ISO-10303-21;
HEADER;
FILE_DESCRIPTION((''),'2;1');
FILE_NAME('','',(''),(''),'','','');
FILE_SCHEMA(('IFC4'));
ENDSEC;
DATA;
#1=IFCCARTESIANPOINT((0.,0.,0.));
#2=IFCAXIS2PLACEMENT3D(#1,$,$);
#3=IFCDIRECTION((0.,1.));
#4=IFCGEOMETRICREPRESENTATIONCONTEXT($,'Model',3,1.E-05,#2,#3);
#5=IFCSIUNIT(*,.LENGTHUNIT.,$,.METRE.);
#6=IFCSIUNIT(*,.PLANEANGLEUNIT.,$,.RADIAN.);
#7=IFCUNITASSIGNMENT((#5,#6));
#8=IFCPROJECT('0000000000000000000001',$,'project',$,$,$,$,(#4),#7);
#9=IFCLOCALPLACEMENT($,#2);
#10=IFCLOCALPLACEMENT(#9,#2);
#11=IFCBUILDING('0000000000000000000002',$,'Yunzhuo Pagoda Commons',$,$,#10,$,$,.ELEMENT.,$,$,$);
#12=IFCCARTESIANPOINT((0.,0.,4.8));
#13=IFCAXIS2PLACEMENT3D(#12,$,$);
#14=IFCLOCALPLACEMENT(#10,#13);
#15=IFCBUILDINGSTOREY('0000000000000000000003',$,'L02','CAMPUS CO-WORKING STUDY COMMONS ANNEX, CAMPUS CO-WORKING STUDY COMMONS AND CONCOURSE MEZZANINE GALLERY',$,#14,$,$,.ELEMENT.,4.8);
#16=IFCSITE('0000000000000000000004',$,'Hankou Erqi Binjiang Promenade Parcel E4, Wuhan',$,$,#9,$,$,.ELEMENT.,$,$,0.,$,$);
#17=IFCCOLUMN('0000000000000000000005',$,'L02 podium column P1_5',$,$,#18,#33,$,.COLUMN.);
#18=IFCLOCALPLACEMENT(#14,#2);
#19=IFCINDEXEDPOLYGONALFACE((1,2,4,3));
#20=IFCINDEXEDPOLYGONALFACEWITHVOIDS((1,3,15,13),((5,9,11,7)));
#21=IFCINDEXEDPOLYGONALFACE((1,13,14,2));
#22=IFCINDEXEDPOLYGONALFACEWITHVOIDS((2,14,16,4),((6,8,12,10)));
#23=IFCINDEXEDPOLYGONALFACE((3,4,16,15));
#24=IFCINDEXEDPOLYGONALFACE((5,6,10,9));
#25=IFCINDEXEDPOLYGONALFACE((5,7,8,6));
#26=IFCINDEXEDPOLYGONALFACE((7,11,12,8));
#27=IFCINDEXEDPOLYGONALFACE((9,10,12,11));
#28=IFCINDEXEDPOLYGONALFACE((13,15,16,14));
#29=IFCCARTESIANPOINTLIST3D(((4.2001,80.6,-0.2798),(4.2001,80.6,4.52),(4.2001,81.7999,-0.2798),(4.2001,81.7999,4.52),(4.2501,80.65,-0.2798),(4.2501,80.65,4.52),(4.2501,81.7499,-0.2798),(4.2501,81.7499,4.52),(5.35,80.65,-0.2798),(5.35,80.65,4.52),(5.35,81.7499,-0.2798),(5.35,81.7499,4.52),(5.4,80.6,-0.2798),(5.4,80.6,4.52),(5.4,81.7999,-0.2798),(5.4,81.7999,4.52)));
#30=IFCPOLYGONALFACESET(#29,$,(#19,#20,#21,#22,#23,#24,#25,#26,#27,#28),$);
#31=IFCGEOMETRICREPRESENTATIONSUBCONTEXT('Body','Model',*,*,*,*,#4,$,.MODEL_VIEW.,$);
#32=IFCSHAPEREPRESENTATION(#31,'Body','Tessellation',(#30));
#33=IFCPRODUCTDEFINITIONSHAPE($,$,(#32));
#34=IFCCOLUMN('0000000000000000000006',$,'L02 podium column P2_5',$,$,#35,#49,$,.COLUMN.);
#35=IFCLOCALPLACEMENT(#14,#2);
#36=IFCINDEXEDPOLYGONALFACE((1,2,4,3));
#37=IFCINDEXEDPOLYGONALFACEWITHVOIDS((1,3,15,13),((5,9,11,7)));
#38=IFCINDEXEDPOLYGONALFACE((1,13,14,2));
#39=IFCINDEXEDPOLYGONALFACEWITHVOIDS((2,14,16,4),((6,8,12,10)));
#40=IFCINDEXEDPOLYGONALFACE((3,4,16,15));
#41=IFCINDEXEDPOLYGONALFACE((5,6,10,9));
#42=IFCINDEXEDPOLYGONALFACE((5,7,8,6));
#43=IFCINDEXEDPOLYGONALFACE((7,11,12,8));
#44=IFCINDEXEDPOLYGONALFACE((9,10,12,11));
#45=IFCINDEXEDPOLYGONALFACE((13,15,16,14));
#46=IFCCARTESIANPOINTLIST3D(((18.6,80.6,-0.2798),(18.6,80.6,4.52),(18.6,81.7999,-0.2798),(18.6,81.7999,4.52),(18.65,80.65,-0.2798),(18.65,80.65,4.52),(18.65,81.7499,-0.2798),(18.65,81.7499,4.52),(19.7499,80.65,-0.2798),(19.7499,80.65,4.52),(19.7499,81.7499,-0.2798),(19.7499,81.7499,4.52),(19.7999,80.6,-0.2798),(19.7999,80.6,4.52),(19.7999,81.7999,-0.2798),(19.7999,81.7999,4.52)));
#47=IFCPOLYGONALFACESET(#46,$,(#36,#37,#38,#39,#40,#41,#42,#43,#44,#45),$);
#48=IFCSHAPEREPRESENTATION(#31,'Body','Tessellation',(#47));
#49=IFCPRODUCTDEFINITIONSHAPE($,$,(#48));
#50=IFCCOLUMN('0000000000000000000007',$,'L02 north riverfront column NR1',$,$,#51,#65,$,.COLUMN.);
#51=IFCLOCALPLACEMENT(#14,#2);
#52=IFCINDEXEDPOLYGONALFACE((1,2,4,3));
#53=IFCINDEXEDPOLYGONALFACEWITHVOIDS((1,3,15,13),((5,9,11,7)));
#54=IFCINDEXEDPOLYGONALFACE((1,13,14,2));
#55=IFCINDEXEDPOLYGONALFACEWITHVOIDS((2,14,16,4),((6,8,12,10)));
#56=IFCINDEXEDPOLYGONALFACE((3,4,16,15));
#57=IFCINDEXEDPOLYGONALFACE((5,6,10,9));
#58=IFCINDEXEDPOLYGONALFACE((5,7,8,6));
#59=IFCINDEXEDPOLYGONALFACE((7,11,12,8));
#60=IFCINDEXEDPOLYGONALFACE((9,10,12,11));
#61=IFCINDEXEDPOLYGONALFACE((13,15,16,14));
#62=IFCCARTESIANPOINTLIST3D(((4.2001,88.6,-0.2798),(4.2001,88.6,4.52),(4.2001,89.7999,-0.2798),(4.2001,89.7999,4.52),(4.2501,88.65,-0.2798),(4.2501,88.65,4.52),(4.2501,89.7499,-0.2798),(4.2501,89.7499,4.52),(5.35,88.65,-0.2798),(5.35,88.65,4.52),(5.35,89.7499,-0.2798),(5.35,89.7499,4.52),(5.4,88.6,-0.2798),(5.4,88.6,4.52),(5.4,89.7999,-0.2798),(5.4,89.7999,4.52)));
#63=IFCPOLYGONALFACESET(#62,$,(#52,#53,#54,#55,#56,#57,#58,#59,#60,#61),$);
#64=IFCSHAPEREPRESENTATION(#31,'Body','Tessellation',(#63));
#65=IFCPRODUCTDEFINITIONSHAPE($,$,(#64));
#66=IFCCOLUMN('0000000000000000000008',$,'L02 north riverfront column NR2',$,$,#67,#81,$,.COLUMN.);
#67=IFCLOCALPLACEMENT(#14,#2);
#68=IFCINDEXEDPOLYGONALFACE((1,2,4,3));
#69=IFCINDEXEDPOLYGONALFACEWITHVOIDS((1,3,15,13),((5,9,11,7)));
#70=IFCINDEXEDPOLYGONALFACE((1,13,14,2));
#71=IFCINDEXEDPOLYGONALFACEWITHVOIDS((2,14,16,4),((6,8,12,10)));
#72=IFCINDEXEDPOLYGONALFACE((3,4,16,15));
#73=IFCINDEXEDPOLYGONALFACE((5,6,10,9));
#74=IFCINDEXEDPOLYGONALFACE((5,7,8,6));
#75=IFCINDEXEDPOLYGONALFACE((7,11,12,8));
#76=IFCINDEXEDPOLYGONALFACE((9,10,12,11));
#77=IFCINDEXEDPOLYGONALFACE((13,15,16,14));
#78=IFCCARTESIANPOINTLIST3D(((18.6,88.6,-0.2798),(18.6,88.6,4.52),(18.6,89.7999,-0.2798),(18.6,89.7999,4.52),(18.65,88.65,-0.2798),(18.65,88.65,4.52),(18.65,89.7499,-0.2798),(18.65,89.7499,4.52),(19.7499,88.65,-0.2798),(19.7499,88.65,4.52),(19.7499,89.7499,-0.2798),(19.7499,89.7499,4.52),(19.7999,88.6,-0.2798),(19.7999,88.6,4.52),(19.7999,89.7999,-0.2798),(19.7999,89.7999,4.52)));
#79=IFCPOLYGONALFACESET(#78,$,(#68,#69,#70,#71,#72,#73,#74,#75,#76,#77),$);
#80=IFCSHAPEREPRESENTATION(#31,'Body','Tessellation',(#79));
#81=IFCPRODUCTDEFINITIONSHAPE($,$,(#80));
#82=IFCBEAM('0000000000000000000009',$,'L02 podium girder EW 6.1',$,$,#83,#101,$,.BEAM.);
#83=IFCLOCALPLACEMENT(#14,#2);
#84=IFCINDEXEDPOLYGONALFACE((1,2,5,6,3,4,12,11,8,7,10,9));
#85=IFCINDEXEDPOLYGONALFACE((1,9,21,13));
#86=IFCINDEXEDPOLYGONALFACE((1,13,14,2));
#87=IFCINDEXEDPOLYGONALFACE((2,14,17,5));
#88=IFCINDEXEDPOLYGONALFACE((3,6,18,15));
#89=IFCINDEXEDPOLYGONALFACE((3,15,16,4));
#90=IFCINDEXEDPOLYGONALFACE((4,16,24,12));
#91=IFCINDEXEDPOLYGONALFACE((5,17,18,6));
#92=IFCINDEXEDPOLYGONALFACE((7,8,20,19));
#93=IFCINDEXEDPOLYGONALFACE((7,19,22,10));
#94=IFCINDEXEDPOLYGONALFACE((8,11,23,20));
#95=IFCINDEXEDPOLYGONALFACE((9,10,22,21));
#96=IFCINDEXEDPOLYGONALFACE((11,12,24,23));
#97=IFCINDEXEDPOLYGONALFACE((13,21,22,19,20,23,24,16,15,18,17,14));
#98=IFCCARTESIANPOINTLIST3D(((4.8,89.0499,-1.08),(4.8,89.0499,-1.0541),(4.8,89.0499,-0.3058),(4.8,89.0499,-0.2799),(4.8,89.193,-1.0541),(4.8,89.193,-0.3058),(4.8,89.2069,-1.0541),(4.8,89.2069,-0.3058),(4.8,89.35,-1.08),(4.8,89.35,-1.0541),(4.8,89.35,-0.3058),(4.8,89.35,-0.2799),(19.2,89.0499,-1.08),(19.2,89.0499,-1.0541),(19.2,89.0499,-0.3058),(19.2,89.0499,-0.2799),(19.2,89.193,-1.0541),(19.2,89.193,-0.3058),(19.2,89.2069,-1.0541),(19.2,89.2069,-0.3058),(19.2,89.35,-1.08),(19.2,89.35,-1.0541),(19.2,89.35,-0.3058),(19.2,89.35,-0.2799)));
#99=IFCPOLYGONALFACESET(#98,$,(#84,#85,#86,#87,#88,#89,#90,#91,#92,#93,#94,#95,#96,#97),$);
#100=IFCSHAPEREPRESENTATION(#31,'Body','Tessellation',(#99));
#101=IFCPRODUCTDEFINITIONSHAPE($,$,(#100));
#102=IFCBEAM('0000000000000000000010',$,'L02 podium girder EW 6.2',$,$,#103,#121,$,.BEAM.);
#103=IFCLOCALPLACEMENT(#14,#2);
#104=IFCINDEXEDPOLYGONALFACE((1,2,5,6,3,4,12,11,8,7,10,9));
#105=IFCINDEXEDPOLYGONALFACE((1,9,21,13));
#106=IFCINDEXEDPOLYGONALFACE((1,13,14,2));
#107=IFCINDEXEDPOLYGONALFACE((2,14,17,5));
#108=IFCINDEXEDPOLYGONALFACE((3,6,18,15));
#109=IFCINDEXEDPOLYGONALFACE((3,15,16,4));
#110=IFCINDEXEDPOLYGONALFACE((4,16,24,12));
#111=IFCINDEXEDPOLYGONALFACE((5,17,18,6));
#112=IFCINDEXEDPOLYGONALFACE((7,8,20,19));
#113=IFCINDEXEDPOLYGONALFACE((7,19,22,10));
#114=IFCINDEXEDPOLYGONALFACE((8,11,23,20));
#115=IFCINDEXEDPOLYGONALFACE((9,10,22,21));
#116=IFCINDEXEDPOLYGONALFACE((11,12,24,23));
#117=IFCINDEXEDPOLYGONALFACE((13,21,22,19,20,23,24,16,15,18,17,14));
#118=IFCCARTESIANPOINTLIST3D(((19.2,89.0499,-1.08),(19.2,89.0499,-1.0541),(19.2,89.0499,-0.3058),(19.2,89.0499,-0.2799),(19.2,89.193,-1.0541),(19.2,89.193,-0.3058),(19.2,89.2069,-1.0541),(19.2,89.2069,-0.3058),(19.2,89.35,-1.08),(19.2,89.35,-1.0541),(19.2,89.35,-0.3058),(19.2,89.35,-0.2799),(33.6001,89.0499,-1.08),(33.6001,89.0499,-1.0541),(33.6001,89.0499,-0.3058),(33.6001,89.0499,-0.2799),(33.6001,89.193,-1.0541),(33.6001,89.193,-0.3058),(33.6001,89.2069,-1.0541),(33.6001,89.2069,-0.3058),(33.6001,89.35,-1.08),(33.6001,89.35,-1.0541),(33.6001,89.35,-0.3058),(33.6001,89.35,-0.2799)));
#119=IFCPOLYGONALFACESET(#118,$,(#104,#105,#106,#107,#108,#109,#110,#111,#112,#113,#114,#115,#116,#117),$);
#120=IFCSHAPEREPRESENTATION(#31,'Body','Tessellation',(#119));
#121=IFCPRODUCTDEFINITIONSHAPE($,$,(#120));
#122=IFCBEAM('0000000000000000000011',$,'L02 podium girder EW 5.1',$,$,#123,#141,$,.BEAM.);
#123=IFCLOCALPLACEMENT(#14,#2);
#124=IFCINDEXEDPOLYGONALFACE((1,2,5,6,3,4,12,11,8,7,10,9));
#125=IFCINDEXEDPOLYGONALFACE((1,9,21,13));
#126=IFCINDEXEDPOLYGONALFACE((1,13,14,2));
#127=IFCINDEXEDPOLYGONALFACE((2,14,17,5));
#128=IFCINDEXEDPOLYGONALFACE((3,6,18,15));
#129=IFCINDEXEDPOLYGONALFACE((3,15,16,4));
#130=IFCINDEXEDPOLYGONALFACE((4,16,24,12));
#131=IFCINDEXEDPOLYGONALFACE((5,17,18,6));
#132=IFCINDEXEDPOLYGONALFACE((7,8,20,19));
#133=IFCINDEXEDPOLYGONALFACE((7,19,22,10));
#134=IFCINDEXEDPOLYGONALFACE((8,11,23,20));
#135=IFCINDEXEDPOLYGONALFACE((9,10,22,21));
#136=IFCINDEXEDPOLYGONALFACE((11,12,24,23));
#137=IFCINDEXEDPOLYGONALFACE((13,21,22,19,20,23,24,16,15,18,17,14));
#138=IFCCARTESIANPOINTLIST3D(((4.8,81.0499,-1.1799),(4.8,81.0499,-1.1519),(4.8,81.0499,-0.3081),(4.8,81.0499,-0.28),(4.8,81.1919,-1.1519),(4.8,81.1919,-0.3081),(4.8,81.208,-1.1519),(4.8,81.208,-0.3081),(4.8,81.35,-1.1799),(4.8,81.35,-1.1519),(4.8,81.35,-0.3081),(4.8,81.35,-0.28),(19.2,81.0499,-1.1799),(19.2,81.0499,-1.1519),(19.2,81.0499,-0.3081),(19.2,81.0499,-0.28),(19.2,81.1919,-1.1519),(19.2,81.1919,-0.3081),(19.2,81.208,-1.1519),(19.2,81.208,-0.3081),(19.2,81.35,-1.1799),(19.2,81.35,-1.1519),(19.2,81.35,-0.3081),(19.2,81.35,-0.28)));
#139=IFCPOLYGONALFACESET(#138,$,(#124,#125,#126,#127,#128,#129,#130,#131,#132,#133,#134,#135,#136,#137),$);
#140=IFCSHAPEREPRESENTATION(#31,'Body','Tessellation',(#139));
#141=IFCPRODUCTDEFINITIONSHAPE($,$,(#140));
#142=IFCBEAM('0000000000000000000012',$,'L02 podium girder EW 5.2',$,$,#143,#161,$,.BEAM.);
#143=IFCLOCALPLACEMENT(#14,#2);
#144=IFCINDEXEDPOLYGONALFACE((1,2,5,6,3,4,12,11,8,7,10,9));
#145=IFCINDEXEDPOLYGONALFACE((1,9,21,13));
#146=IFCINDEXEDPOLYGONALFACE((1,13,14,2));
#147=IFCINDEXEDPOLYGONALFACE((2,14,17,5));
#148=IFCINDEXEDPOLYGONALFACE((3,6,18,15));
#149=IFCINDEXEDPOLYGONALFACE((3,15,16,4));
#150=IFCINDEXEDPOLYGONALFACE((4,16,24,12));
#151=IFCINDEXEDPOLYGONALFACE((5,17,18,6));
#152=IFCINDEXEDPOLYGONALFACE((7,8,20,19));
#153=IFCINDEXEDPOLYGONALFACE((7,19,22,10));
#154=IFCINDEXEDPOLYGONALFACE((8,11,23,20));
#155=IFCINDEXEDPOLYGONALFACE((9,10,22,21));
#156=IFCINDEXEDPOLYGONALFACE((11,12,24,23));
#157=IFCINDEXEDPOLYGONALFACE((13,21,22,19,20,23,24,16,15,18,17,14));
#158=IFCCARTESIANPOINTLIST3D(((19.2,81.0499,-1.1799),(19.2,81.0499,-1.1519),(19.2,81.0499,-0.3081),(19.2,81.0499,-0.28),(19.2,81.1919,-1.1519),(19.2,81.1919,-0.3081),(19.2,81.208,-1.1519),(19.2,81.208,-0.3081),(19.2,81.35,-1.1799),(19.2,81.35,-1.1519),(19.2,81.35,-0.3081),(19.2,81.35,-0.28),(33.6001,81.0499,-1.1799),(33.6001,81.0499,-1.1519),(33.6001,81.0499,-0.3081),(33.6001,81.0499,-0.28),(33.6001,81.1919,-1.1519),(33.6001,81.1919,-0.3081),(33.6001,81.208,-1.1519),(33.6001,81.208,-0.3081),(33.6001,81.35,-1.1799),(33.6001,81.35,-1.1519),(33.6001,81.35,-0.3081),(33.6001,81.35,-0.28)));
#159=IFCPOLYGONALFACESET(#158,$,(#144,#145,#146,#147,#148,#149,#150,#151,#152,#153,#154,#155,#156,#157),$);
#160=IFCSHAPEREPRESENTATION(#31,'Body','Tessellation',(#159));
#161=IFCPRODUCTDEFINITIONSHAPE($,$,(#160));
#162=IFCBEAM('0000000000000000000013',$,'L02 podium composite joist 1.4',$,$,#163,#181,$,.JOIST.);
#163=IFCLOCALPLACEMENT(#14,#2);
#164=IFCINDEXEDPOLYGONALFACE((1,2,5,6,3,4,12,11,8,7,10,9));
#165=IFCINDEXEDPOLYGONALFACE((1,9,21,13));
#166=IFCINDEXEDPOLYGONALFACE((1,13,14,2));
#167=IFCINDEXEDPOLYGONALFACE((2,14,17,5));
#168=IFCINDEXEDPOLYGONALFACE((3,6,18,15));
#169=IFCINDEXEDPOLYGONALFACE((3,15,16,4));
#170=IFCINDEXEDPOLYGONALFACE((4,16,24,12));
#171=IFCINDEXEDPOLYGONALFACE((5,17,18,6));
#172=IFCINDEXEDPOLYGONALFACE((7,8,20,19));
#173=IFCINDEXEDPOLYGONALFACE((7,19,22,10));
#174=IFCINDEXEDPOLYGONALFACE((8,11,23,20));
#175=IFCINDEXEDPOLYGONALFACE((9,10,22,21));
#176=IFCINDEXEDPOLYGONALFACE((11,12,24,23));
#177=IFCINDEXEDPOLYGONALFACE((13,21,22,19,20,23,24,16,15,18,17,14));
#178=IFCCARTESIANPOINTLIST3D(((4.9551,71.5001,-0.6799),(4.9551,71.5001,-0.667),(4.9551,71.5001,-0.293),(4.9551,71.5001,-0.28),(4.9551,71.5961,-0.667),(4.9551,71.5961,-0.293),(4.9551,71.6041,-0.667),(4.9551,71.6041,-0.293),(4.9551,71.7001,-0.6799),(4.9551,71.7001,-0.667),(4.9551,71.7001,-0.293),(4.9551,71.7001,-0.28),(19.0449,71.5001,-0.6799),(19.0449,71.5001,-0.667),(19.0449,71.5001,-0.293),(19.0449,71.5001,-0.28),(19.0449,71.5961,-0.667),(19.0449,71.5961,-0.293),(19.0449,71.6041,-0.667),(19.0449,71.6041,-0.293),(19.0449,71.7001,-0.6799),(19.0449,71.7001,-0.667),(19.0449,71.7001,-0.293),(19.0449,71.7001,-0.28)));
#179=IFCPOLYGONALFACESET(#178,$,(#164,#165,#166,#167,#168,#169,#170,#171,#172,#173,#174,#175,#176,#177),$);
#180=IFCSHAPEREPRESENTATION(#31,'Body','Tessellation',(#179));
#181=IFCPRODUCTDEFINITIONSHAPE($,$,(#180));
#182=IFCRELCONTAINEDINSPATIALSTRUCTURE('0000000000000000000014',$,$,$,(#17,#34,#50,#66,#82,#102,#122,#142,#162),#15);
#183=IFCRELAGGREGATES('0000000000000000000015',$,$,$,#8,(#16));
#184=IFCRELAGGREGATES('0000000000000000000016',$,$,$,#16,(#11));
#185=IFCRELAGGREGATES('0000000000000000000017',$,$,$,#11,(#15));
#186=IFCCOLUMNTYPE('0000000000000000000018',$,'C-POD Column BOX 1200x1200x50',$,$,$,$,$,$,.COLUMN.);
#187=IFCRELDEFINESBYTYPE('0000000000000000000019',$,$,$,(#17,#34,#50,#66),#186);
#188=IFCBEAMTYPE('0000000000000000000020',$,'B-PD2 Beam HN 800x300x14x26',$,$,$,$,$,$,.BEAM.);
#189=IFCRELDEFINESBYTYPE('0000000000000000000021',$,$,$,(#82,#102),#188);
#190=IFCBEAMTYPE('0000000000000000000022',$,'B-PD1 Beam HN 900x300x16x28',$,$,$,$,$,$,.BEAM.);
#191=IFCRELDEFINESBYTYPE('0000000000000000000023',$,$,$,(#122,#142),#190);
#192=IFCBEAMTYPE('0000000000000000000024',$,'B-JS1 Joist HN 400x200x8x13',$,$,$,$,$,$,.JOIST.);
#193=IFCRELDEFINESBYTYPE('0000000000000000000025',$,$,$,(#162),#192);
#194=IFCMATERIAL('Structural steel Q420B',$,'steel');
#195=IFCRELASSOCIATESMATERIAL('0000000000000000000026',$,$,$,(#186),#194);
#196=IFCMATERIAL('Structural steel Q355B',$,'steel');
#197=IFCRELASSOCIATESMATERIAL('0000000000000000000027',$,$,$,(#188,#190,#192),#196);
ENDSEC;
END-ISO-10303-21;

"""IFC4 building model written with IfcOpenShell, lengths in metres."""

from ifc_helpers import new_model, si_unit, direction, frame, origin, origin_2d, place, context, subcontext, project, spatial, hollow_rectangle, i_section, extrude, source, transform, mapped, material, material_profile, profile_set, type_object, element, save


model = new_model("IFC4")

# Units and contexts
model_context = context("Model", 3, precision=1e-05, world=origin(), true_north=direction((0.0, 1.0)))
body_context = subcontext(model_context, "Body", "Model", "MODEL_VIEW")
ifc_project = project(units=[si_unit("LENGTHUNIT", "METRE"), si_unit("PLANEANGLEUNIT", "RADIAN")], contexts=[model_context])

# Site, building, storey
site_placement = place(None, origin())
site = spatial("IfcSite", under=ifc_project, at=site_placement, Name="Hankou Erqi Binjiang Promenade Parcel E4, Wuhan", CompositionType="ELEMENT", RefElevation=0.0)
building_placement = place(site_placement, origin())
building = spatial("IfcBuilding", under=site, at=building_placement, Name="Yunzhuo Pagoda Commons", CompositionType="ELEMENT")
storey_placement = place(building_placement, frame((0.0, 0.0, 4.8)))
storey = spatial("IfcBuildingStorey", under=building, at=storey_placement, Name="L02", Description="CAMPUS CO-WORKING STUDY COMMONS ANNEX, CAMPUS CO-WORKING STUDY COMMONS AND CONCOURSE MEZZANINE GALLERY", CompositionType="ELEMENT", Elevation=4.8)

# Columns
ifc_material_1 = material(Name="Structural steel Q420B", Category="steel")
ifc_material_profile_1 = material_profile(ifc_material_1, hollow_rectangle(XDim=1.2, YDim=1.2, WallThickness=0.05, at=origin_2d()), Name="Structural steel Q420B")
ifc_profile_set_1 = profile_set([ifc_material_profile_1], Name="Structural steel Q420B")
column_type = type_object("IfcColumnType", Name="C-POD Column BOX 1200x1200x50", PredefinedType="COLUMN", material=ifc_profile_set_1)
shared_shape_1 = source(origin(), body_context, "Body", "SweptSolid", [
    extrude(hollow_rectangle(XDim=1.2, YDim=1.2, WallThickness=0.05, at=origin_2d()), origin(), (0.0, 0.0, 1.0), 4.7998),
])
for number, where, z_axis, x_axis, name in (
    (1, (4.8, 81.2, -0.2798), (0.0, 0.0, 1.0), (1.0, 0.0, 0.0), "L02 podium column P1_5"),
    (2, (19.2, 81.2, -0.2798), (0.0, 0.0, 1.0), (1.0, 0.0, 0.0), "L02 podium column P2_5"),
    (3, (4.8, 89.2, -0.2798), (0.0, 0.0, 1.0), (1.0, 0.0, 0.0), "L02 north riverfront column NR1"),
    (4, (19.2, 89.2, -0.2798), (0.0, 0.0, 1.0), (1.0, 0.0, 0.0), "L02 north riverfront column NR2"),
):
    element("IfcColumn", number, at=place(storey_placement, frame(where, z_axis=z_axis, x_axis=x_axis)), inside=storey, type_object=column_type, Name=name, PredefinedType="COLUMN", context=body_context, shape_type="MappedRepresentation", body=[
        mapped(shared_shape_1, transform((0.0, 0.0, 0.0), scale=1.0)),
    ])

# Beams
ifc_material_2 = material(Name="Structural steel Q355B", Category="steel")
ifc_material_profile_2 = material_profile(ifc_material_2, i_section(OverallWidth=0.3, OverallDepth=0.8, WebThickness=0.0139, FlangeThickness=0.0259, at=origin_2d()), Name="Structural steel Q355B")
ifc_profile_set_2 = profile_set([ifc_material_profile_2], Name="Structural steel Q355B")
beam_type_1 = type_object("IfcBeamType", Name="B-PD2 Beam HN 800x300x14x26", PredefinedType="BEAM", material=ifc_profile_set_2)
shared_shape_2 = source(origin(), body_context, "Body", "SweptSolid", [
    extrude(i_section(OverallWidth=0.3, OverallDepth=0.8, WebThickness=0.0139, FlangeThickness=0.0259, at=origin_2d()), origin(), (0.0, 0.0, 1.0), 14.3999),
])
beam_1_placement = place(storey_placement, frame((4.8, 89.2, -0.6799), z_axis=(1.0, 0.0, 0.0), x_axis=(0.0, 1.0, 0.0)))
element("IfcBeam", 5, at=beam_1_placement, inside=storey, type_object=beam_type_1, Name="L02 podium girder EW 6.1", PredefinedType="BEAM", context=body_context, shape_type="MappedRepresentation", body=[
    mapped(shared_shape_2, transform((0.0, 0.0, 0.0), scale=1.0)),
])
shared_shape_3 = source(origin(), body_context, "Body", "SweptSolid", [
    extrude(i_section(OverallWidth=0.3, OverallDepth=0.8, WebThickness=0.0139, FlangeThickness=0.0259, at=origin_2d()), origin(), (0.0, 0.0, 1.0), 14.4001),
])
beam_2_placement = place(storey_placement, frame((19.2, 89.2, -0.6799), z_axis=(1.0, 0.0, 0.0), x_axis=(0.0, 1.0, 0.0)))
element("IfcBeam", 6, at=beam_2_placement, inside=storey, type_object=beam_type_1, Name="L02 podium girder EW 6.2", PredefinedType="BEAM", context=body_context, shape_type="MappedRepresentation", body=[
    mapped(shared_shape_3, transform((0.0, 0.0, 0.0), scale=1.0)),
])
ifc_material_profile_3 = material_profile(ifc_material_2, i_section(OverallWidth=0.3, OverallDepth=0.8999, WebThickness=0.0161, FlangeThickness=0.0281, at=origin_2d()), Name="Structural steel Q355B")
ifc_profile_set_3 = profile_set([ifc_material_profile_3], Name="Structural steel Q355B")
beam_type_2 = type_object("IfcBeamType", Name="B-PD1 Beam HN 900x300x16x28", PredefinedType="BEAM", material=ifc_profile_set_3)
shared_shape_4 = source(origin(), body_context, "Body", "SweptSolid", [
    extrude(i_section(OverallWidth=0.3, OverallDepth=0.8999, WebThickness=0.0161, FlangeThickness=0.0281, at=origin_2d()), origin(), (0.0, 0.0, 1.0), 14.3999),
])
beam_3_placement = place(storey_placement, frame((4.8, 81.2, -0.73), z_axis=(1.0, 0.0, 0.0), x_axis=(0.0, 1.0, 0.0)))
element("IfcBeam", 7, at=beam_3_placement, inside=storey, type_object=beam_type_2, Name="L02 podium girder EW 5.1", PredefinedType="BEAM", context=body_context, shape_type="MappedRepresentation", body=[
    mapped(shared_shape_4, transform((0.0, 0.0, 0.0), scale=1.0)),
])
shared_shape_5 = source(origin(), body_context, "Body", "SweptSolid", [
    extrude(i_section(OverallWidth=0.3, OverallDepth=0.8999, WebThickness=0.0161, FlangeThickness=0.0281, at=origin_2d()), origin(), (0.0, 0.0, 1.0), 14.4001),
])
beam_4_placement = place(storey_placement, frame((19.2, 81.2, -0.73), z_axis=(1.0, 0.0, 0.0), x_axis=(0.0, 1.0, 0.0)))
element("IfcBeam", 8, at=beam_4_placement, inside=storey, type_object=beam_type_2, Name="L02 podium girder EW 5.2", PredefinedType="BEAM", context=body_context, shape_type="MappedRepresentation", body=[
    mapped(shared_shape_5, transform((0.0, 0.0, 0.0), scale=1.0)),
])
ifc_material_profile_4 = material_profile(ifc_material_2, i_section(OverallWidth=0.2, OverallDepth=0.3999, WebThickness=0.0081, FlangeThickness=0.0129, at=origin_2d()), Name="Structural steel Q355B")
ifc_profile_set_4 = profile_set([ifc_material_profile_4], Name="Structural steel Q355B")
beam_type_3 = type_object("IfcBeamType", Name="B-JS1 Joist HN 400x200x8x13", PredefinedType="JOIST", material=ifc_profile_set_4)
shared_shape_6 = source(origin(), body_context, "Body", "SweptSolid", [
    extrude(i_section(OverallWidth=0.2, OverallDepth=0.3999, WebThickness=0.0081, FlangeThickness=0.0129, at=origin_2d()), origin(), (0.0, 0.0, 1.0), 14.0898),
])
for number, where, z_axis, x_axis, name in (
    (9, (4.9551, 71.6001, -0.48), (1.0, 0.0, 0.0), (0.0, 1.0, 0.0), "L02 podium composite joist 1.4"),
):
    element("IfcBeam", number, at=place(storey_placement, frame(where, z_axis=z_axis, x_axis=x_axis)), inside=storey, type_object=beam_type_3, Name=name, PredefinedType="JOIST", context=body_context, shape_type="MappedRepresentation", body=[
        mapped(shared_shape_6, transform((0.0, 0.0, 0.0), scale=1.0)),
    ])

save(model, "model.ifc")
